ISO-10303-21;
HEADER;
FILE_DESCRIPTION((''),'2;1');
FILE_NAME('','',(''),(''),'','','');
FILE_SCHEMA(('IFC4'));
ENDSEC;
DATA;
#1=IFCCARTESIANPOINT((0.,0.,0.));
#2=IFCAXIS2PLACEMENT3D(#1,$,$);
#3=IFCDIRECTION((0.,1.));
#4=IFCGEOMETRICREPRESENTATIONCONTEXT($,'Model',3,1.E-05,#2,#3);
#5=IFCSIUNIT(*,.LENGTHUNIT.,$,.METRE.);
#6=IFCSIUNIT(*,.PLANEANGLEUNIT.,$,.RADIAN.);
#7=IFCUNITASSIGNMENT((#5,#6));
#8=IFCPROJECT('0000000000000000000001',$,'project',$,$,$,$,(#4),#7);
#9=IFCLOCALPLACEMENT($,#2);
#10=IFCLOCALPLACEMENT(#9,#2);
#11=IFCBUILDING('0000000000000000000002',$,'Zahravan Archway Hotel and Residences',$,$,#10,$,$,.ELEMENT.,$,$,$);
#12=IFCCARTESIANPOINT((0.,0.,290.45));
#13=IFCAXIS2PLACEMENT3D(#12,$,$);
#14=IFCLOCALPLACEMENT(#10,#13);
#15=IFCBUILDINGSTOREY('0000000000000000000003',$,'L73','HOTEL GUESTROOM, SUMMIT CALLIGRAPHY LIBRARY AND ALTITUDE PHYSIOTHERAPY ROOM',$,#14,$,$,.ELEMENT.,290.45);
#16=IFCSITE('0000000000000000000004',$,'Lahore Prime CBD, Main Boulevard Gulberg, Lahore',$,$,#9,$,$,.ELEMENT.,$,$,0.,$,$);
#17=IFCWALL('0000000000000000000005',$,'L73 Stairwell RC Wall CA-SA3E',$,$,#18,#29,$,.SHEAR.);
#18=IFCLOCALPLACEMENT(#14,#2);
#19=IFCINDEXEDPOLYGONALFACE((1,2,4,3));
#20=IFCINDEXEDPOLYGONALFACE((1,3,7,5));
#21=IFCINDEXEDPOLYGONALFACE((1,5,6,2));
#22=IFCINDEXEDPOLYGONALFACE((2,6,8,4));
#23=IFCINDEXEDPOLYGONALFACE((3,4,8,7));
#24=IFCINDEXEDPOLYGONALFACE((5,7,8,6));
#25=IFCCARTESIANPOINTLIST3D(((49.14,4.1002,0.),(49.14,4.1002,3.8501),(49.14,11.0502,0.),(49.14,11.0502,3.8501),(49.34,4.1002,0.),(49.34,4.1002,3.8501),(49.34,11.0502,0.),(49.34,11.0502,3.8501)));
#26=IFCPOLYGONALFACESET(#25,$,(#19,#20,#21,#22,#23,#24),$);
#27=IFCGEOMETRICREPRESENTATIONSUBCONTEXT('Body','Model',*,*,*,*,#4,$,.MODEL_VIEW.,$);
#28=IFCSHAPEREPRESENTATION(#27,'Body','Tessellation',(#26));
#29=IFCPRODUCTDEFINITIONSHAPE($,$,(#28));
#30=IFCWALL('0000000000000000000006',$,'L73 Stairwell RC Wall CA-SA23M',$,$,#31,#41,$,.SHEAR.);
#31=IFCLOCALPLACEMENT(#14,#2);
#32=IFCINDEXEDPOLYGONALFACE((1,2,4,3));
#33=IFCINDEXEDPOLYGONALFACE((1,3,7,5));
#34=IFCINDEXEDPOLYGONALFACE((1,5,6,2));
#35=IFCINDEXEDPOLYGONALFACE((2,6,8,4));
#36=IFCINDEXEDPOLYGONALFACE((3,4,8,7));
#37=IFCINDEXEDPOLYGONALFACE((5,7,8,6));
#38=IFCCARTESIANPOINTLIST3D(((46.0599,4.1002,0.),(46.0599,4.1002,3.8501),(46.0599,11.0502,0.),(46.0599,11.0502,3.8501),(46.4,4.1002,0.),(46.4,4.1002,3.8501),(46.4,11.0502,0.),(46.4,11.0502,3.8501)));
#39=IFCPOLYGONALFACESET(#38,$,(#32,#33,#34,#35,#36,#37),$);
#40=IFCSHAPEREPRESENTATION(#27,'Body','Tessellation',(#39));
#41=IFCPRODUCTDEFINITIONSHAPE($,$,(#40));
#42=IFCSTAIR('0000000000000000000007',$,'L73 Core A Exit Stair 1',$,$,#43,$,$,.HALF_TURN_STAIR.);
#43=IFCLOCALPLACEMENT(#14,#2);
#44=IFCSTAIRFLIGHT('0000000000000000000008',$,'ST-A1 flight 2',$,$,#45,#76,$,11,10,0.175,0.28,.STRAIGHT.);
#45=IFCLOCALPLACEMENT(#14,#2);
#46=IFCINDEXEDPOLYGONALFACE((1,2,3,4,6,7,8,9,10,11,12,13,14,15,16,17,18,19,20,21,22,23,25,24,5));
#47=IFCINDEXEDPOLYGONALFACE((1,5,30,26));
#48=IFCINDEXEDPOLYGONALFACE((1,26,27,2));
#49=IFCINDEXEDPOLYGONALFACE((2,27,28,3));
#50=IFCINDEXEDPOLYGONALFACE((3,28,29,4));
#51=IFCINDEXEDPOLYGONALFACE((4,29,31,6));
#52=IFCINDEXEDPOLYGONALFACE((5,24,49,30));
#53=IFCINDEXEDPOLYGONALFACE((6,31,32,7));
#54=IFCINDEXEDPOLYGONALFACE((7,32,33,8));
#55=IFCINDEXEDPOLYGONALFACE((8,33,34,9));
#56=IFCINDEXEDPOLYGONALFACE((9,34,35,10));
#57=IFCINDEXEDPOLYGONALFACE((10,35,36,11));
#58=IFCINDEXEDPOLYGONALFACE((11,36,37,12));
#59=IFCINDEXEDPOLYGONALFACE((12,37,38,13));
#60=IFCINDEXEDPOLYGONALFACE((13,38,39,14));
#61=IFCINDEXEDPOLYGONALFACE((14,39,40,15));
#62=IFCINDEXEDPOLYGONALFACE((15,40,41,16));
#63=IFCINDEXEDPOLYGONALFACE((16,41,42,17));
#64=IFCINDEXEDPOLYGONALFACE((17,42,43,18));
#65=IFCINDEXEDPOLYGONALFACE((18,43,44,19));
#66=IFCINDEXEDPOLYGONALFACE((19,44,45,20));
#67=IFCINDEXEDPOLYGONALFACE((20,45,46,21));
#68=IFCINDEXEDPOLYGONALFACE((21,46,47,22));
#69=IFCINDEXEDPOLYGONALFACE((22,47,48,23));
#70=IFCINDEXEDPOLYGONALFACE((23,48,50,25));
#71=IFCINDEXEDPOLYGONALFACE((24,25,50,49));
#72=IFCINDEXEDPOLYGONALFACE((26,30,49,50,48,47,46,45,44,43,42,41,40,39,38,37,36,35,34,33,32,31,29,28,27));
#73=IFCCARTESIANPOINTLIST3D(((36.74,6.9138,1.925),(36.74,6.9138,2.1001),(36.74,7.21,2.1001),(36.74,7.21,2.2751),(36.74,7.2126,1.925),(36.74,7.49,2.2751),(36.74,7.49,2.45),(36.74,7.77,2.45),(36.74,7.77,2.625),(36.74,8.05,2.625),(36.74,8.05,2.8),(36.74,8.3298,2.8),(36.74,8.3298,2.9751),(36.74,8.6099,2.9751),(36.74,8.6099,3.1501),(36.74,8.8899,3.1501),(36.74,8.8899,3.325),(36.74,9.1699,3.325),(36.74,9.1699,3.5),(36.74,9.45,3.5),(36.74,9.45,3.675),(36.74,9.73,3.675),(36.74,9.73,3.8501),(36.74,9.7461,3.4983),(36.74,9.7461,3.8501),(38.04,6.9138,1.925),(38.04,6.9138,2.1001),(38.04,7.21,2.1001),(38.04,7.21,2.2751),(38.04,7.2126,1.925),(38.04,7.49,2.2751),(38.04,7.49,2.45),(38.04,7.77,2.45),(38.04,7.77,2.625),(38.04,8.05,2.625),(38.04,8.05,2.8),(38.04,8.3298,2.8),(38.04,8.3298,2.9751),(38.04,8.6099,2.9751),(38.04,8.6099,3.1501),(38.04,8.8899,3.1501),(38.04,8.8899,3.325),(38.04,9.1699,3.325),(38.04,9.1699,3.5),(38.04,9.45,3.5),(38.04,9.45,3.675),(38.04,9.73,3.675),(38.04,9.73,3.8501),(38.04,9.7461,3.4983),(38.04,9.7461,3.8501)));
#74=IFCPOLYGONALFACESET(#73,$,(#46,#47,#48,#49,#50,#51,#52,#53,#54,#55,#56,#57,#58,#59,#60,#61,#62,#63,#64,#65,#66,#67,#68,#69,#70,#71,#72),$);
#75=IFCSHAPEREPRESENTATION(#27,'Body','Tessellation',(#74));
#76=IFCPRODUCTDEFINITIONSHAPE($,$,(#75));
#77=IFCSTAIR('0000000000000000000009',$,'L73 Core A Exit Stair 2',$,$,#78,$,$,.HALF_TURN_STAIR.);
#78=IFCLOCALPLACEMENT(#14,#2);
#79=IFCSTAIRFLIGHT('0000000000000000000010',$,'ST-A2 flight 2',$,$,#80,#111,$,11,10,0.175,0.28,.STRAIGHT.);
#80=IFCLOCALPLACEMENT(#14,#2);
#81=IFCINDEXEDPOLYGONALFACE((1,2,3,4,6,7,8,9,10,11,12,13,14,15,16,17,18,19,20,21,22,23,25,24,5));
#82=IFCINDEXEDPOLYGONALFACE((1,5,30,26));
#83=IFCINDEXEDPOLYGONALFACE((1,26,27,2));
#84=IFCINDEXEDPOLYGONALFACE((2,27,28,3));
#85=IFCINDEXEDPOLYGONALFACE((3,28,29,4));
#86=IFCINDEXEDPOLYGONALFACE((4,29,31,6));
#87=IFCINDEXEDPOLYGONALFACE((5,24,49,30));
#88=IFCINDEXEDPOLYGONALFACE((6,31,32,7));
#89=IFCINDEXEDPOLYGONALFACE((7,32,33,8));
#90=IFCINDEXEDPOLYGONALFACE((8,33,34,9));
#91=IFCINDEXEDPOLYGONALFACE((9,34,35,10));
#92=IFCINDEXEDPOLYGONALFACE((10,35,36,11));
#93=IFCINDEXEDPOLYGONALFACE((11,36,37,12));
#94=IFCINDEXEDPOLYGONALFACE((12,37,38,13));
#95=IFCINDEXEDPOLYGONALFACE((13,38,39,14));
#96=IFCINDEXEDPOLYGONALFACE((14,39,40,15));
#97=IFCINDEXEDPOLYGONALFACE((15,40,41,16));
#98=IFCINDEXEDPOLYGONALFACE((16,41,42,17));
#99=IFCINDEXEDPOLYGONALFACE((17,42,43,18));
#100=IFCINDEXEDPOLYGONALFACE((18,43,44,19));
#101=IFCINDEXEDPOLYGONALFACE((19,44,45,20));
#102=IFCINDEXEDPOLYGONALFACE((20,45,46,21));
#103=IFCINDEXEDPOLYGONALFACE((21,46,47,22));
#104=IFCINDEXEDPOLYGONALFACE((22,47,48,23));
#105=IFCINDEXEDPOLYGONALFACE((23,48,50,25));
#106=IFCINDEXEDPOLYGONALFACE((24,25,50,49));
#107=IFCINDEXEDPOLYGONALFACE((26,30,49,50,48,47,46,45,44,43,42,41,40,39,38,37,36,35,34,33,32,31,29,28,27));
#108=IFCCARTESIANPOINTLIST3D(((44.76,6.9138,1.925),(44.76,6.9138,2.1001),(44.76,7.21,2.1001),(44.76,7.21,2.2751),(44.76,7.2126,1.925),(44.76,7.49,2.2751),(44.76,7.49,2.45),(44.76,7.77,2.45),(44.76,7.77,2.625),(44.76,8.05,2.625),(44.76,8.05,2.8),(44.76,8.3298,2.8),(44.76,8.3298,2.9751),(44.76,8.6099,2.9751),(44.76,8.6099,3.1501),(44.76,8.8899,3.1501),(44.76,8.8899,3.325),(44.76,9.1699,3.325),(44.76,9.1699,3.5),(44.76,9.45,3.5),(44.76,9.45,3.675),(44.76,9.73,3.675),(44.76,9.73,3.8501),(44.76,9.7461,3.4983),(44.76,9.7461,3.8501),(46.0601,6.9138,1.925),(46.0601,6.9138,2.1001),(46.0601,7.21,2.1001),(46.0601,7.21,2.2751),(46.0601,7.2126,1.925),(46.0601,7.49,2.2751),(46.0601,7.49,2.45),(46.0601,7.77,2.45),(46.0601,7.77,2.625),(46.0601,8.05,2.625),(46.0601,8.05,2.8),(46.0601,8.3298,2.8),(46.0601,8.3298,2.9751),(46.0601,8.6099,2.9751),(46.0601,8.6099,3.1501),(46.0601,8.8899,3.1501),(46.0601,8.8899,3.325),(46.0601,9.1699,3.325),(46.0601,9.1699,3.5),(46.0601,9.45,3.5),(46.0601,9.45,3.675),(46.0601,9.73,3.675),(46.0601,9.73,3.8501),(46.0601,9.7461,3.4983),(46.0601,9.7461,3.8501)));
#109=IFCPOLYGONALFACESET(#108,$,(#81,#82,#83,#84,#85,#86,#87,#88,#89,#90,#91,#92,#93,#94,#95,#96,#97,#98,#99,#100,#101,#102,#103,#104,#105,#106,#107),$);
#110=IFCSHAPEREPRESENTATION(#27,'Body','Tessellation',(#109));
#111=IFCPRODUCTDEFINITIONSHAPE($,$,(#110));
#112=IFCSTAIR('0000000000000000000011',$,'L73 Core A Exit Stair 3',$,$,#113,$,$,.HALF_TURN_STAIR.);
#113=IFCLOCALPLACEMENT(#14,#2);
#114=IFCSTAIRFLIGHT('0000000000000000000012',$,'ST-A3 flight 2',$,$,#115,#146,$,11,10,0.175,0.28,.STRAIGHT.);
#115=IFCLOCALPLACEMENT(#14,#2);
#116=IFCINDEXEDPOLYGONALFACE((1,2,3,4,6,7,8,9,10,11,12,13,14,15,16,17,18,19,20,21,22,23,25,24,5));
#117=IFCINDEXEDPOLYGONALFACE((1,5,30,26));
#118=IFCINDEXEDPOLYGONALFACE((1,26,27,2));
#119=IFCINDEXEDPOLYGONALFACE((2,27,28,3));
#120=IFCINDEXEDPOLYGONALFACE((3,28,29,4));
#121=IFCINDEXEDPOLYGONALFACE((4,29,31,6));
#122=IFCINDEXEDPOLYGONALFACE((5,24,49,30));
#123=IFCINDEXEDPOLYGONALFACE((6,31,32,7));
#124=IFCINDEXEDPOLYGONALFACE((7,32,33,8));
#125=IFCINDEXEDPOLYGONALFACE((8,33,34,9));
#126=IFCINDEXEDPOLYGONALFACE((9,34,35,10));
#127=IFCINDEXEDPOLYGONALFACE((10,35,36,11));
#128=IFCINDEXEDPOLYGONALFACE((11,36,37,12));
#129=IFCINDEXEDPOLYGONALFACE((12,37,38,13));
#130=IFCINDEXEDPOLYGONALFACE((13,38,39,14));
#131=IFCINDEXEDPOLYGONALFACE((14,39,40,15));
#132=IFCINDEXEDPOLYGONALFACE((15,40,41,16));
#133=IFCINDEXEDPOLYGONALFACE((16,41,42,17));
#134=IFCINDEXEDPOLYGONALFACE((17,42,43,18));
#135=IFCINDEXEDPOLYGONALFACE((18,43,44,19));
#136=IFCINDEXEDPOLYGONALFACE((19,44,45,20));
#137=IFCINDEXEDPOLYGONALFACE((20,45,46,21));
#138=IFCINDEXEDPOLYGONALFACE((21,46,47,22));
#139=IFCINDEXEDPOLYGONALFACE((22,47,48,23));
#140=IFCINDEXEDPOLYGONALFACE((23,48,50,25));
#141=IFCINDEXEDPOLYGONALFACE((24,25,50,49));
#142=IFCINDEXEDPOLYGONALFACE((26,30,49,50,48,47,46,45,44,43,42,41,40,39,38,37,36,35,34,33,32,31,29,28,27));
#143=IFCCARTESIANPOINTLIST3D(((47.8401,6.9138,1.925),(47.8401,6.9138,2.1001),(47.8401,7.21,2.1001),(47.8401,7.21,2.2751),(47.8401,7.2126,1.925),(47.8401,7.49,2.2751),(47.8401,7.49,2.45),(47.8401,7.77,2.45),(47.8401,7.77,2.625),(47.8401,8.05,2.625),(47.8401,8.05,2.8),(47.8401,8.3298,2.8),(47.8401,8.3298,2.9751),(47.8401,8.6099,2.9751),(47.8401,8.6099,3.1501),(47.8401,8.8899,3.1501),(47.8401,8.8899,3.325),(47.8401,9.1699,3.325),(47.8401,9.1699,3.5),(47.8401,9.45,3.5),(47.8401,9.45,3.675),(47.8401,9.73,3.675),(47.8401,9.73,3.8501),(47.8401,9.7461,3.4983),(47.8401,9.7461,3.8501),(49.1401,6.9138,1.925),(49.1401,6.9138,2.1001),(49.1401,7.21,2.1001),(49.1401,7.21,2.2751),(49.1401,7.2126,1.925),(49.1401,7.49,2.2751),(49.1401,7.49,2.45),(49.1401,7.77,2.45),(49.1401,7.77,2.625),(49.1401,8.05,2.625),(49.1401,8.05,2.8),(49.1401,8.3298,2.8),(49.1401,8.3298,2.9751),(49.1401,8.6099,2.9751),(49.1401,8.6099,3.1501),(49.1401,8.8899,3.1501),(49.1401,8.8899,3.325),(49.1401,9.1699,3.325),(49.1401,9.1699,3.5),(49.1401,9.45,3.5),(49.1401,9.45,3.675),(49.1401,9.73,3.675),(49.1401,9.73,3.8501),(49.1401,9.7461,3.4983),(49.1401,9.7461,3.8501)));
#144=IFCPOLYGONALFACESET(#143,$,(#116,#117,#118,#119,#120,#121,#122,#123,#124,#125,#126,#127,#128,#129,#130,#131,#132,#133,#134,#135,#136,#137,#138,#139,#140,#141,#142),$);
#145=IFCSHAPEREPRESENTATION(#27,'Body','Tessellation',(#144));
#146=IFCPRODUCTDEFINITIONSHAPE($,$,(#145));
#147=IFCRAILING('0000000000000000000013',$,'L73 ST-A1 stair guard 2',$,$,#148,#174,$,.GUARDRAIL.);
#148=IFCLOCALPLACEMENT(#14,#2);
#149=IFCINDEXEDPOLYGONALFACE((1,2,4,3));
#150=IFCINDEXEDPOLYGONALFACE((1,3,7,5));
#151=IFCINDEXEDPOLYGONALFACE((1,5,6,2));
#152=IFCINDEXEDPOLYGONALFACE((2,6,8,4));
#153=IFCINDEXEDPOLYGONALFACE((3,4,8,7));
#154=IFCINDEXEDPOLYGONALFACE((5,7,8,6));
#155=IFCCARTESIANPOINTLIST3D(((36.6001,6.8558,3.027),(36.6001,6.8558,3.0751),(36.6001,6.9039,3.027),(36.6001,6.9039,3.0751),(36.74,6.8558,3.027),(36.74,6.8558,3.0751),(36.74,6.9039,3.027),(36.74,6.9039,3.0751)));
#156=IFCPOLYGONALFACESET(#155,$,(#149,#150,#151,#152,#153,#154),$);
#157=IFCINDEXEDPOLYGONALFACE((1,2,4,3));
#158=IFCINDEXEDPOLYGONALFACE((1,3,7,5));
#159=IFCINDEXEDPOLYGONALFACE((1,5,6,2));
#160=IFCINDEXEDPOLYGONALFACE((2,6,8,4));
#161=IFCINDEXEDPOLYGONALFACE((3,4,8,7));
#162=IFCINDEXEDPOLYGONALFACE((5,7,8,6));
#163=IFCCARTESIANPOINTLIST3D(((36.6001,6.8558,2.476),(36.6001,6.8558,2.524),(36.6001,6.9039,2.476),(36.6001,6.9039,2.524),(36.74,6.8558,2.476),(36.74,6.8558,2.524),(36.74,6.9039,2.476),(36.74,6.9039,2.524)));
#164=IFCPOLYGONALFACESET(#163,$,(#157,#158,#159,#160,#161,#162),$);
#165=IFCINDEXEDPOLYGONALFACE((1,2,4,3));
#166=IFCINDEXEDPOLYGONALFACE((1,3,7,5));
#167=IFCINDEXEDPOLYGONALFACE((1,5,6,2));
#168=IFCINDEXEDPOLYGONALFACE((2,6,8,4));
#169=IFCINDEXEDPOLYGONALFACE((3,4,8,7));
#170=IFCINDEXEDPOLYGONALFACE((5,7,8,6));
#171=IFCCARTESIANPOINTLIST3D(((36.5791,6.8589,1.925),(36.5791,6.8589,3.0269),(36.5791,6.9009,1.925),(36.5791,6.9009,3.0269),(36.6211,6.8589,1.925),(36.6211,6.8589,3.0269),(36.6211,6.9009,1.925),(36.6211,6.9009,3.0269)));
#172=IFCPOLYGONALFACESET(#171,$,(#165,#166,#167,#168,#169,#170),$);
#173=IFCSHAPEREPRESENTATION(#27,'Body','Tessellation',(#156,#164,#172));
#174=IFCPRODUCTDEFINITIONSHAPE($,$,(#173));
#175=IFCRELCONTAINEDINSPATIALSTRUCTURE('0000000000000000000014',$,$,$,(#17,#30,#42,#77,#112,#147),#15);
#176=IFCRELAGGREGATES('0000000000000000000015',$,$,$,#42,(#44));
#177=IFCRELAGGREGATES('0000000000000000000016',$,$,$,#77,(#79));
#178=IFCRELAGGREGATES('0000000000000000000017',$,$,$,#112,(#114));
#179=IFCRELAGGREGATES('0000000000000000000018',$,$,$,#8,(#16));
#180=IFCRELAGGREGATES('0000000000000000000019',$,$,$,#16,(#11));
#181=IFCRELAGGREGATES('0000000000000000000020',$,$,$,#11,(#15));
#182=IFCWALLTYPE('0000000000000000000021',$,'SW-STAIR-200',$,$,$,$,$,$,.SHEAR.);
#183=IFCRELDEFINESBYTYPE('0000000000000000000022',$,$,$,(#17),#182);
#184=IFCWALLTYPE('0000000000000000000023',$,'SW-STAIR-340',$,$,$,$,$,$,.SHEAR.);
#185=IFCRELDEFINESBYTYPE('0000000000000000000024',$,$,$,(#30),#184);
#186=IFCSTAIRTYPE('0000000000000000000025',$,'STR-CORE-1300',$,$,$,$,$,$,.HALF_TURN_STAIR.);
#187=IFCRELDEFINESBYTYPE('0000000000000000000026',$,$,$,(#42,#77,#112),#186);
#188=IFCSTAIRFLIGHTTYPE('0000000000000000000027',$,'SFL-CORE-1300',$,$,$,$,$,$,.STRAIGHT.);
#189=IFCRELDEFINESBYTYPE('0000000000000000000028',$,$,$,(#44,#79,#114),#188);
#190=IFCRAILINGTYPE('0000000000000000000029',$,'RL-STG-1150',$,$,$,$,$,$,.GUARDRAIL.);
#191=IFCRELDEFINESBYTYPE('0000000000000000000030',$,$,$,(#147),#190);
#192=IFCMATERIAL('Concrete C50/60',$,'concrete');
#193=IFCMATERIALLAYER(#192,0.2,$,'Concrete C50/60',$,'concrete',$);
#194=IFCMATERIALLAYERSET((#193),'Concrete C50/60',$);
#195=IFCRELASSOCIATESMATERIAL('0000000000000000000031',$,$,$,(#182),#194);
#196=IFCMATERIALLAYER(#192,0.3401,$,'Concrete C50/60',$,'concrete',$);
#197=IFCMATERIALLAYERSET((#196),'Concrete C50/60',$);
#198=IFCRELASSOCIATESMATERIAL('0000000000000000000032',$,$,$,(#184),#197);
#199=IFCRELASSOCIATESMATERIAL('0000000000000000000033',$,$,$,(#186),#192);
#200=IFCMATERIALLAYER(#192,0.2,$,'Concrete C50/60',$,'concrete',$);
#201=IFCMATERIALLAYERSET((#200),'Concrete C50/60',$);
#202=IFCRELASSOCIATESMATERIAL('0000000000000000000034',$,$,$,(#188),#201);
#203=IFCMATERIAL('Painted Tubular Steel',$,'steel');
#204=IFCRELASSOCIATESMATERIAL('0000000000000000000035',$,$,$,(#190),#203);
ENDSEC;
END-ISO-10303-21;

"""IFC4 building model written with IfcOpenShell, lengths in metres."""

from ifc_helpers import new_model, si_unit, direction, frame, frame_2d, origin, origin_2d, place, context, subcontext, project, spatial, polyline, rectangle, outline, extrude, source, transform, mapped, material, layer, layer_set, type_object, element, aggregate, save


model = new_model("IFC4")

# Units and contexts
model_context = context("Model", 3, precision=1e-05, world=origin(), true_north=direction((0.0, 1.0)))
body_context = subcontext(model_context, "Body", "Model", "MODEL_VIEW")
ifc_project = project(units=[si_unit("LENGTHUNIT", "METRE"), si_unit("PLANEANGLEUNIT", "RADIAN")], contexts=[model_context])

# Site, building, storey
site_placement = place(None, origin())
site = spatial("IfcSite", under=ifc_project, at=site_placement, Name="Lahore Prime CBD, Main Boulevard Gulberg, Lahore", CompositionType="ELEMENT", RefElevation=0.0)
building_placement = place(site_placement, origin())
building = spatial("IfcBuilding", under=site, at=building_placement, Name="Zahravan Archway Hotel and Residences", CompositionType="ELEMENT")
storey_placement = place(building_placement, frame((0.0, 0.0, 290.45)))
storey = spatial("IfcBuildingStorey", under=building, at=storey_placement, Name="L73", Description="HOTEL GUESTROOM, SUMMIT CALLIGRAPHY LIBRARY AND ALTITUDE PHYSIOTHERAPY ROOM", CompositionType="ELEMENT", Elevation=290.45)

# Shared definitions
ifc_material_1 = material(Name="Concrete C50/60", Category="concrete")

# Walls
ifc_layer_1 = layer(ifc_material_1, 0.2, Name="Concrete C50/60", Category="concrete")
ifc_layer_set_1 = layer_set([ifc_layer_1], Name="Concrete C50/60")
wall_type_1 = type_object("IfcWallType", Name="SW-STAIR-200", PredefinedType="SHEAR", material=ifc_layer_set_1)
for number, where, z_axis, x_axis, name in (
    (1, (49.24, 4.1001, 0.0), (0.0, 0.0, 1.0), (0.0, 1.0, 0.0), "L73 Stairwell RC Wall CA-SA3E"),
):
    element("IfcWall", number, at=place(storey_placement, frame(where, z_axis=z_axis, x_axis=x_axis)), inside=storey, type_object=wall_type_1, Name=name, PredefinedType="SHEAR", context=body_context, shape_type="SweptSolid", body=[
        extrude(rectangle(XDim=6.95, YDim=0.2, at=frame_2d((3.4751, 0.0))), origin(), (0.0, 0.0, 1.0), 3.8501),
    ])
ifc_layer_2 = layer(ifc_material_1, 0.3401, Name="Concrete C50/60", Category="concrete")
ifc_layer_set_2 = layer_set([ifc_layer_2], Name="Concrete C50/60")
wall_type_2 = type_object("IfcWallType", Name="SW-STAIR-340", PredefinedType="SHEAR", material=ifc_layer_set_2)
wall_1_placement = place(storey_placement, frame((46.23, 4.1001, 0.0), z_axis=(0.0, 0.0, 1.0), x_axis=(0.0, 1.0, 0.0)))
element("IfcWall", 2, at=wall_1_placement, inside=storey, type_object=wall_type_2, Name="L73 Stairwell RC Wall CA-SA23M", PredefinedType="SHEAR", context=body_context, shape_type="SweptSolid", body=[
    extrude(rectangle(XDim=6.95, YDim=0.3401, at=frame_2d((3.4751, 0.0))), origin(), (0.0, 0.0, 1.0), 3.8501),
])

# Stairs, stair flights
stair_type = type_object("IfcStairType", Name="STR-CORE-1300", PredefinedType="HALF_TURN_STAIR", material=ifc_material_1)
stair_1_placement = place(storey_placement, origin())
stair_1 = element("IfcStair", 3, at=stair_1_placement, inside=storey, type_object=stair_type, Name="L73 Core A Exit Stair 1", PredefinedType="HALF_TURN_STAIR")
ifc_layer_3 = layer(ifc_material_1, 0.2, Name="Concrete C50/60", Category="concrete")
ifc_layer_set_3 = layer_set([ifc_layer_3], Name="Concrete C50/60")
stair_flight_type = type_object("IfcStairFlightType", Name="SFL-CORE-1300", PredefinedType="STRAIGHT", material=ifc_layer_set_3)
shared_shape_1 = source(origin(), body_context, "Body", "SweptSolid", [
    extrude(outline(polyline([(-0.0161, 0.0), (-0.0161, 0.175), (0.28, 0.175), (0.28, 0.3501), (0.5601, 0.3501), (0.5601, 0.5249), (0.8401, 0.5249), (0.8401, 0.7), (1.1201, 0.7), (1.1201, 0.875), (1.3999, 0.875), (1.3999, 1.05), (1.6799, 1.05), (1.6799, 1.2251), (1.96, 1.2251), (1.96, 1.3999), (2.24, 1.3999), (2.24, 1.575), (2.52, 1.575), (2.52, 1.75), (2.8, 1.75), (2.8, 1.925), (2.8162, 1.925), (2.8162, 1.5732), (0.2827, 0.0), (-0.0161, 0.0)])), frame((0.0, 0.6499, 0.0), z_axis=(0.0, -1.0, 0.0), x_axis=(1.0, 0.0, 0.0)), (0.0, 0.0, 1.0), 1.3),
])
stair_flight_1_placement = place(storey_placement, frame((37.3899, 6.9299, 1.925), z_axis=(0.0, 0.0, 1.0), x_axis=(0.0, 1.0, 0.0)))
stair_flight_1 = element("IfcStairFlight", 4, at=stair_flight_1_placement, type_object=stair_flight_type, Name="ST-A1 flight 2", NumberOfRisers=11, NumberOfTreads=10, PredefinedType="STRAIGHT", RiserHeight=0.175, TreadLength=0.28, context=body_context, shape_type="MappedRepresentation", body=[
    mapped(shared_shape_1, transform((0.0, 0.0, 0.0), scale=1.0)),
])
aggregate(stair_1, [stair_flight_1])
stair_2_placement = place(storey_placement, origin())
stair_2 = element("IfcStair", 5, at=stair_2_placement, inside=storey, type_object=stair_type, Name="L73 Core A Exit Stair 2", PredefinedType="HALF_TURN_STAIR")
stair_flight_2_placement = place(storey_placement, frame((45.4099, 6.9299, 1.925), z_axis=(0.0, 0.0, 1.0), x_axis=(0.0, 1.0, 0.0)))
stair_flight_2 = element("IfcStairFlight", 6, at=stair_flight_2_placement, type_object=stair_flight_type, Name="ST-A2 flight 2", NumberOfRisers=11, NumberOfTreads=10, PredefinedType="STRAIGHT", RiserHeight=0.175, TreadLength=0.28, context=body_context, shape_type="MappedRepresentation", body=[
    mapped(shared_shape_1, transform((0.0, 0.0, 0.0), scale=1.0)),
])
aggregate(stair_2, [stair_flight_2])
stair_3_placement = place(storey_placement, origin())
stair_3 = element("IfcStair", 7, at=stair_3_placement, inside=storey, type_object=stair_type, Name="L73 Core A Exit Stair 3", PredefinedType="HALF_TURN_STAIR")
stair_flight_3_placement = place(storey_placement, frame((48.49, 6.9299, 1.925), z_axis=(0.0, 0.0, 1.0), x_axis=(0.0, 1.0, 0.0)))
stair_flight_3 = element("IfcStairFlight", 8, at=stair_flight_3_placement, type_object=stair_flight_type, Name="ST-A3 flight 2", NumberOfRisers=11, NumberOfTreads=10, PredefinedType="STRAIGHT", RiserHeight=0.175, TreadLength=0.28, context=body_context, shape_type="MappedRepresentation", body=[
    mapped(shared_shape_1, transform((0.0, 0.0, 0.0), scale=1.0)),
])
aggregate(stair_3, [stair_flight_3])

# Railing
ifc_material_2 = material(Name="Painted Tubular Steel", Category="steel")
railing_type_1 = type_object("IfcRailingType", Name="RL-STG-1150", PredefinedType="GUARDRAIL", material=ifc_material_2)
railing_1_placement = place(storey_placement, frame((36.6001, 6.8799, 1.925)))
element("IfcRailing", 9, at=railing_1_placement, inside=storey, type_object=railing_type_1, Name="L73 ST-A1 stair guard 2", PredefinedType="GUARDRAIL", context=body_context, shape_type="SweptSolid", body=[
    extrude(rectangle(XDim=0.0481, YDim=0.0481, at=origin_2d()), frame((0.0, 0.0, 1.126), z_axis=(1.0, 0.0, 0.0), x_axis=(0.0, 1.0, 0.0)), (0.0, 0.0, 1.0), 0.1399),
    extrude(rectangle(XDim=0.0481, YDim=0.0481, at=origin_2d()), frame((0.0, 0.0, 0.575), z_axis=(1.0, 0.0, 0.0), x_axis=(0.0, 1.0, 0.0)), (0.0, 0.0, 1.0), 0.1399),
    extrude(rectangle(XDim=0.042, YDim=0.042, at=origin_2d()), origin(), (0.0, 0.0, 1.0), 1.1018),
])

save(model, "model.ifc")
